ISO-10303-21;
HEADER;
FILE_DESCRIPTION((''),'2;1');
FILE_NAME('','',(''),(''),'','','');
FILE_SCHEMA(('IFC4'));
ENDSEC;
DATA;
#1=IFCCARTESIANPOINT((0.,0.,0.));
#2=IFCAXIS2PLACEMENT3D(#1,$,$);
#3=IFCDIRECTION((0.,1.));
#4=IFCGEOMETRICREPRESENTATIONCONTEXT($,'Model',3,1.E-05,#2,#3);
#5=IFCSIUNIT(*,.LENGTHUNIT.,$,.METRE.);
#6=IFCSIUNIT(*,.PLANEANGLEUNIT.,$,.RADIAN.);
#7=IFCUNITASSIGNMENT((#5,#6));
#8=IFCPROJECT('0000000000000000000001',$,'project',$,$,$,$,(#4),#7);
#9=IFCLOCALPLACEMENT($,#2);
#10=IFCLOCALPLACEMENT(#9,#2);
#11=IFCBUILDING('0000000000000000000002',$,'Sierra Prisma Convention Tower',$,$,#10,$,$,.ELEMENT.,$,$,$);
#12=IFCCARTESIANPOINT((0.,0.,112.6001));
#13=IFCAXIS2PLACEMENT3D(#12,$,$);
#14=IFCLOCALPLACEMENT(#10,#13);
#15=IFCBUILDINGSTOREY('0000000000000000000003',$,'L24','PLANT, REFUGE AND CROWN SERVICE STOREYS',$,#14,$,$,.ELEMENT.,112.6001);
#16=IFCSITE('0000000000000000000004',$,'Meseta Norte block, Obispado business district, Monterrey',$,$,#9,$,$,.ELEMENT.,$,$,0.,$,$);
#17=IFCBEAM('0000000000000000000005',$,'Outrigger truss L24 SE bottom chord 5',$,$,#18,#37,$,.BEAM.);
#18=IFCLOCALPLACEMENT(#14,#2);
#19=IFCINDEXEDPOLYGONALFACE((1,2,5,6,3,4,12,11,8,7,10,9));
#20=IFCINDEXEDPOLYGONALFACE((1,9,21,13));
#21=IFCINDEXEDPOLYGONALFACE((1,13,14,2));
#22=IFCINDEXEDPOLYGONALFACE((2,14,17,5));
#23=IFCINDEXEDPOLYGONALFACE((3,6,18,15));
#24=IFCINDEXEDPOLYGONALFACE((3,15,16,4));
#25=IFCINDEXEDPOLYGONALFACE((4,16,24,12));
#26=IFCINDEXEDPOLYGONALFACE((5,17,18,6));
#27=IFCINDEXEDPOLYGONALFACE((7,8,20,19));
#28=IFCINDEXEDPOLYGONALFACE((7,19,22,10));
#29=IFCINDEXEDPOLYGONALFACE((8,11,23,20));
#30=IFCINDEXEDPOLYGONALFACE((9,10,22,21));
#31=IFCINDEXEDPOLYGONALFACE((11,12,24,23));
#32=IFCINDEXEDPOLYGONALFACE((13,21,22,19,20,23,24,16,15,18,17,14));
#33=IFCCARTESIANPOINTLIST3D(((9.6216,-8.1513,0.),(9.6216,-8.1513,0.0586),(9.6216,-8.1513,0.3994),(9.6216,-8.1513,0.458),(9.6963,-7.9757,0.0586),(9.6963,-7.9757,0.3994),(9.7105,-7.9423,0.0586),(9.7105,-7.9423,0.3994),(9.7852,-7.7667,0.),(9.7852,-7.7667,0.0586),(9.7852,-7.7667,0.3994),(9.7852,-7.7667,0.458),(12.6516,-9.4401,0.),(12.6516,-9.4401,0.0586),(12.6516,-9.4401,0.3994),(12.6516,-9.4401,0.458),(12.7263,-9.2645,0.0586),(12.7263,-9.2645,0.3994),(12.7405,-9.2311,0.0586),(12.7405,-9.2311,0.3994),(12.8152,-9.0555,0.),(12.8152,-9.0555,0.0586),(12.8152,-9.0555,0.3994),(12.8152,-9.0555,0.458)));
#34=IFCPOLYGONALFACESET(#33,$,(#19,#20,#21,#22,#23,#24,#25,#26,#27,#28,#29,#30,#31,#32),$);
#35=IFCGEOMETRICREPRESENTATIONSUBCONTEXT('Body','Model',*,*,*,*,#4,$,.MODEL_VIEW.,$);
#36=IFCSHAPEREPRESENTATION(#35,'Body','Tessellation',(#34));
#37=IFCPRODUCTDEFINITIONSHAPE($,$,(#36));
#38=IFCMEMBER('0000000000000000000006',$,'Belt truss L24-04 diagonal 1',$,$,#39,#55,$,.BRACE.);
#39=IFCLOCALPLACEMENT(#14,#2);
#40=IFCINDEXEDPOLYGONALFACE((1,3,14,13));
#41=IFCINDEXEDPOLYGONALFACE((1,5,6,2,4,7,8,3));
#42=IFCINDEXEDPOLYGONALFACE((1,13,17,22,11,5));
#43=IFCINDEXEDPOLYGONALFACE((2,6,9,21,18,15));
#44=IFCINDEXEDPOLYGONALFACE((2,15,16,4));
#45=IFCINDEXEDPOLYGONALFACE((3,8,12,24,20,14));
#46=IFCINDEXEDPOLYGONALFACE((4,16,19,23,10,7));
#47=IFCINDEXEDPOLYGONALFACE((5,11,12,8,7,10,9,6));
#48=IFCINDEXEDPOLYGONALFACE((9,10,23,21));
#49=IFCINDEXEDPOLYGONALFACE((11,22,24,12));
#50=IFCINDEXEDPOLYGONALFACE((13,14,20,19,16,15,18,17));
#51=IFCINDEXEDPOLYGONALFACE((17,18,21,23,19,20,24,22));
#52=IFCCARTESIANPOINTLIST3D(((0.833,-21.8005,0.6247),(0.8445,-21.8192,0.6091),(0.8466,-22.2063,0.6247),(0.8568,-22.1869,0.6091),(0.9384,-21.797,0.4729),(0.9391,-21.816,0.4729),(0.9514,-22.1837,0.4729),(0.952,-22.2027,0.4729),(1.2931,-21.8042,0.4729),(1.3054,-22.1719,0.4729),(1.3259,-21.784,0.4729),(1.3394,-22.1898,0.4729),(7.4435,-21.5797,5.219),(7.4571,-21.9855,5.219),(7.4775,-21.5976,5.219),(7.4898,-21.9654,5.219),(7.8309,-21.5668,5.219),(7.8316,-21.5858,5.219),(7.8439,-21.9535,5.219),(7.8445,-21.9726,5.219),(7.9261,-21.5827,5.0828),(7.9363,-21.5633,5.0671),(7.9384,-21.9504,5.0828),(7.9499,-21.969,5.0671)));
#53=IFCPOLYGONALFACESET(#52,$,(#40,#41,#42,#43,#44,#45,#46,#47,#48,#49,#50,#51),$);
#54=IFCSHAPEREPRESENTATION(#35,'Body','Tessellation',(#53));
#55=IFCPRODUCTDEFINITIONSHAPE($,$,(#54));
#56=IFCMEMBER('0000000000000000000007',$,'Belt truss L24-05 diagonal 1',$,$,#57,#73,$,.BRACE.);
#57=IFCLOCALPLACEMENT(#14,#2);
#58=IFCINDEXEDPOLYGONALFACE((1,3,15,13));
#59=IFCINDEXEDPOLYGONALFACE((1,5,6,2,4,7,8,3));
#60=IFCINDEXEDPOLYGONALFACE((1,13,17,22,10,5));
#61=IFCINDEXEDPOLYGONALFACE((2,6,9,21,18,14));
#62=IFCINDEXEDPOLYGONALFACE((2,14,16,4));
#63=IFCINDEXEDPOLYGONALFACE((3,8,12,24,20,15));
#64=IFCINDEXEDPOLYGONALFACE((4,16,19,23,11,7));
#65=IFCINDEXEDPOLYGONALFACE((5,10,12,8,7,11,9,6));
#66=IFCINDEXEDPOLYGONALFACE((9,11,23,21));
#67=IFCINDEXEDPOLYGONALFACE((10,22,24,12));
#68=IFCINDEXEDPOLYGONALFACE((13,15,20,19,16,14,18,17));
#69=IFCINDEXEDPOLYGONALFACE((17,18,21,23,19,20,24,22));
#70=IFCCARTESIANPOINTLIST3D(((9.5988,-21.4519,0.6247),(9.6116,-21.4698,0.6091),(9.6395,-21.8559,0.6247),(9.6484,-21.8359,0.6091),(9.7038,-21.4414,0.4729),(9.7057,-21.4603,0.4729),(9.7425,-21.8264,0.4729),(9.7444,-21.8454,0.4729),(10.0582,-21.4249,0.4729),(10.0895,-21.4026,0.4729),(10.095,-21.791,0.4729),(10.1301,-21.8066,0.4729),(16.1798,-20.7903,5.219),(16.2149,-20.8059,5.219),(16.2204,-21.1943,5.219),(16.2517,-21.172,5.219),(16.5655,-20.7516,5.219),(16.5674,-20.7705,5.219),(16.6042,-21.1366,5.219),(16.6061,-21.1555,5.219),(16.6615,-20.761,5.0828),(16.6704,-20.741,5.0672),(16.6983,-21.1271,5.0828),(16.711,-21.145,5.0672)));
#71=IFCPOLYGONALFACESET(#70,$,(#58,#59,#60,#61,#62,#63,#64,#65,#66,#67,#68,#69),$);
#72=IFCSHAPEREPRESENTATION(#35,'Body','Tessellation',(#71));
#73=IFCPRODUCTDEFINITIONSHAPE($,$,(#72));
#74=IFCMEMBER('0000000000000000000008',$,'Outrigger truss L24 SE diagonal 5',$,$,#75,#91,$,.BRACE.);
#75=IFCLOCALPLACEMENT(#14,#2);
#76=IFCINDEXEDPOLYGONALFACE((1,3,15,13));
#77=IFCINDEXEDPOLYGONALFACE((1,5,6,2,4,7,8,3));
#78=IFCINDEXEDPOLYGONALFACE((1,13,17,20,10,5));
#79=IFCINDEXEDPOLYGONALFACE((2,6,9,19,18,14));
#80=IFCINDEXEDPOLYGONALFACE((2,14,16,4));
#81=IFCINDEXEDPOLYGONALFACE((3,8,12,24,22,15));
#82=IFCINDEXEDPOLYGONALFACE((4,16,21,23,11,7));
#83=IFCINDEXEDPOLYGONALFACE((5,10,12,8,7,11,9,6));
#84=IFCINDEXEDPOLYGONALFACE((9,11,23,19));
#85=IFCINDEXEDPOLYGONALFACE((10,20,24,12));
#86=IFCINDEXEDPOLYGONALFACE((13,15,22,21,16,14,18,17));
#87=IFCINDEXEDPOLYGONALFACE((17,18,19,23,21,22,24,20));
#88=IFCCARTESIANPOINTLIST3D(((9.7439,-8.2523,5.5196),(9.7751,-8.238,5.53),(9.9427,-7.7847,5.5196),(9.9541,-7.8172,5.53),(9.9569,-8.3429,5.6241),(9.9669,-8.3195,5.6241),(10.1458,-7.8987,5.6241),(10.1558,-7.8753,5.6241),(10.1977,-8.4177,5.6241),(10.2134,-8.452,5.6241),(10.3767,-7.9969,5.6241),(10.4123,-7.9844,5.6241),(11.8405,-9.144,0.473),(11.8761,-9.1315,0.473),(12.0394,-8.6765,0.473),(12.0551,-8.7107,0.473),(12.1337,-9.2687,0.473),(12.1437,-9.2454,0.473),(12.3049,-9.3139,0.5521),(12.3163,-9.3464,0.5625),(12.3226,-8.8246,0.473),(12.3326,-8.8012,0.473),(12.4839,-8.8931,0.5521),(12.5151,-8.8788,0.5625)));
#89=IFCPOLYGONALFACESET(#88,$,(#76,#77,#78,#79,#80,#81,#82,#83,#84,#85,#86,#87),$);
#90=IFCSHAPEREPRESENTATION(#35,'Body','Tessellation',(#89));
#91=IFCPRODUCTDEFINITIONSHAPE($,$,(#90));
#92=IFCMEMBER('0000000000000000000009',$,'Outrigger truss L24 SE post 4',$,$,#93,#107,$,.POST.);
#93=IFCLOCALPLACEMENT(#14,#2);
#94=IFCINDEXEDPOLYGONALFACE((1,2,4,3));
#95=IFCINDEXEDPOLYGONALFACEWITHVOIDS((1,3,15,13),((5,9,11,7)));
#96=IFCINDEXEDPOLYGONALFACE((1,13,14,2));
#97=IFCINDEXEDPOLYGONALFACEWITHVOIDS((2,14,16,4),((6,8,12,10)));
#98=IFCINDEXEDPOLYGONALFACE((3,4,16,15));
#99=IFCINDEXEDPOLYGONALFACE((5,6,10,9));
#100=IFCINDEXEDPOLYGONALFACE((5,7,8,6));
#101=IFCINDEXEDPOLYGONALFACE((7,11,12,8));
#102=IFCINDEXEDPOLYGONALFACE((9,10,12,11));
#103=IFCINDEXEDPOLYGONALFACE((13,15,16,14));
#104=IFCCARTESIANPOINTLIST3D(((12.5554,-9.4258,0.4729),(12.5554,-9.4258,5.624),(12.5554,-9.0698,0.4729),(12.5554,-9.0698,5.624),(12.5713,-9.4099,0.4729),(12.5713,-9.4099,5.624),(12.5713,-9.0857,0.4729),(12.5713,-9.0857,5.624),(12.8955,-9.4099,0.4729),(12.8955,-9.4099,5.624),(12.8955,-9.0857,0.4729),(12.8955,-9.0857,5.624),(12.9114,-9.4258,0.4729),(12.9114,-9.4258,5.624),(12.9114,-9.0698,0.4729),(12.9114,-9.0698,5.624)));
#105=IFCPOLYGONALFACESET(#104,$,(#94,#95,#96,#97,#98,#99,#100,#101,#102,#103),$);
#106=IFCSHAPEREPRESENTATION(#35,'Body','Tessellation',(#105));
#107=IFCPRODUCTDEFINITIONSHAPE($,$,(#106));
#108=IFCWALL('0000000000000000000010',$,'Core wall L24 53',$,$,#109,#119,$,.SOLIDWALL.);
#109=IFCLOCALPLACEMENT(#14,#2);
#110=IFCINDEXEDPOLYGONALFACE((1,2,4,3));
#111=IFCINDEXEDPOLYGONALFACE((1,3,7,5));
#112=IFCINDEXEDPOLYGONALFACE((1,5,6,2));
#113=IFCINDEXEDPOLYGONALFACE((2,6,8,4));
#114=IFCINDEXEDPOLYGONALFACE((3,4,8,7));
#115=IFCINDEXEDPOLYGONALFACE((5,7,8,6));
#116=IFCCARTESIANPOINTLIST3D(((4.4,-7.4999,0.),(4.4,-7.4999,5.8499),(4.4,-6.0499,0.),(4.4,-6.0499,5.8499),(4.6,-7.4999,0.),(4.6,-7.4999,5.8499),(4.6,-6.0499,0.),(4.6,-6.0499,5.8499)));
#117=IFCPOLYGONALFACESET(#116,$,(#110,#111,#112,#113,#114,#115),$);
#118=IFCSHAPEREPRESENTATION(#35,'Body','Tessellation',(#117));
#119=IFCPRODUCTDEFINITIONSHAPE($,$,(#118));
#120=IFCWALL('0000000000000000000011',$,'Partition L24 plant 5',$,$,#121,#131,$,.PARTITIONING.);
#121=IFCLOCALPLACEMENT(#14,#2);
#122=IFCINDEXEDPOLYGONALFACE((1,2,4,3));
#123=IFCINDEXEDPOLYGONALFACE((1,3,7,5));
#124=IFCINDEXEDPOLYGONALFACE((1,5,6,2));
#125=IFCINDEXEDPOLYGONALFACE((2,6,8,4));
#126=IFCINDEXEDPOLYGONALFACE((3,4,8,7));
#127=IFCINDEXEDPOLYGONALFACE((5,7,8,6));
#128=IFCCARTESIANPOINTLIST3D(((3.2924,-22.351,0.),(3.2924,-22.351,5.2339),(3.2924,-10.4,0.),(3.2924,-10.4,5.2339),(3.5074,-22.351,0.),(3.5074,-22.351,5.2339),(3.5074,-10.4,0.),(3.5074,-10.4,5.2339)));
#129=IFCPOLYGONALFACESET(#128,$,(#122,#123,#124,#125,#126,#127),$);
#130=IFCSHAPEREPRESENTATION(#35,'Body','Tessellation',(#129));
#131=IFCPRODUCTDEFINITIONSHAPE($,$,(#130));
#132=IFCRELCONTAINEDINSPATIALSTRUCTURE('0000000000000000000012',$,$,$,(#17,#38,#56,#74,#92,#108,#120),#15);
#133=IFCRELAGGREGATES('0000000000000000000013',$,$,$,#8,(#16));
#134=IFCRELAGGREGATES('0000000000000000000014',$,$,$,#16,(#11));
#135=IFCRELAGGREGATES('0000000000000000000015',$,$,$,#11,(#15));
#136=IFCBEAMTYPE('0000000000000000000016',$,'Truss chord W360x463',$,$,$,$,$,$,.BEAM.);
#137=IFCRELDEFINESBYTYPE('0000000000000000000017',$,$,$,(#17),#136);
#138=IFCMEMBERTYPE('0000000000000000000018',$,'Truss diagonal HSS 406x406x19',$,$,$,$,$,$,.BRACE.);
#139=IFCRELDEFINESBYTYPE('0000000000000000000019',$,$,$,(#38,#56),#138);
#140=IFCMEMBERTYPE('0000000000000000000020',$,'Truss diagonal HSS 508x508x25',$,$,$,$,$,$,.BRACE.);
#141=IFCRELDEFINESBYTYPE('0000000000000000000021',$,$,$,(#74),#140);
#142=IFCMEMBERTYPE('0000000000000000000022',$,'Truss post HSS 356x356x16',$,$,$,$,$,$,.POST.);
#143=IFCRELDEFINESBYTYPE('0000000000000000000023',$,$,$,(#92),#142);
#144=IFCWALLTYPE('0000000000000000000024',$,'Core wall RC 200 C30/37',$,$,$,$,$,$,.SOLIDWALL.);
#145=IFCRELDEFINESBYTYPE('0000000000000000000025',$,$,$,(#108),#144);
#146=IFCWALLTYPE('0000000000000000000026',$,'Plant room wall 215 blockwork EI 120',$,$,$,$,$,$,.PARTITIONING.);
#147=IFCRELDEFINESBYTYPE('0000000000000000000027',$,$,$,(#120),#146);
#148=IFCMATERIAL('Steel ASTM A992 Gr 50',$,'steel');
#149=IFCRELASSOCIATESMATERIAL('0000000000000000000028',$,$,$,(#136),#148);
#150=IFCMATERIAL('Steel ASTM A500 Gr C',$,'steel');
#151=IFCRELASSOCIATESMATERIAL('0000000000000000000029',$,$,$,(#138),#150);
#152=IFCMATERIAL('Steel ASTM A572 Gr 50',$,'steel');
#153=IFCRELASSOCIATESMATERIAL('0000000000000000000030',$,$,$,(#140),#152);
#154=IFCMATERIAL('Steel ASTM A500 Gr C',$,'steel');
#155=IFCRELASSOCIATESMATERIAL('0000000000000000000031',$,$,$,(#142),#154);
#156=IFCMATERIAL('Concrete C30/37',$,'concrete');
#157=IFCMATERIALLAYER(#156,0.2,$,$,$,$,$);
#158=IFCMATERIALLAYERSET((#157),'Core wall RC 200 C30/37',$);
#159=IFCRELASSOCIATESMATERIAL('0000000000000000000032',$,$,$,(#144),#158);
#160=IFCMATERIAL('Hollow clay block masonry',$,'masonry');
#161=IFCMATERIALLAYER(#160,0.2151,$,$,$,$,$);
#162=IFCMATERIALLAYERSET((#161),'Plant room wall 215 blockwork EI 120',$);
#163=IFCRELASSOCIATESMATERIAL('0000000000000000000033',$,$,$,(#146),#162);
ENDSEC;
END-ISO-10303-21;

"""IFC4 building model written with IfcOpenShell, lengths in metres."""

from ifc_helpers import new_model, si_unit, direction, frame, frame_2d, origin, origin_2d, place, context, subcontext, project, spatial, rectangle, hollow_rectangle, i_section, extrude, clip, halfspace, material, layer, layer_set, material_profile, profile_set, type_object, element, save


model = new_model("IFC4")

# Units and contexts
model_context = context("Model", 3, precision=1e-05, world=origin(), true_north=direction((0.0, 1.0)))
body_context = subcontext(model_context, "Body", "Model", "MODEL_VIEW")
ifc_project = project(units=[si_unit("LENGTHUNIT", "METRE"), si_unit("PLANEANGLEUNIT", "RADIAN")], contexts=[model_context])

# Site, building, storey
site_placement = place(None, origin())
site = spatial("IfcSite", under=ifc_project, at=site_placement, Name="Meseta Norte block, Obispado business district, Monterrey", CompositionType="ELEMENT", RefElevation=0.0)
building_placement = place(site_placement, origin())
building = spatial("IfcBuilding", under=site, at=building_placement, Name="Sierra Prisma Convention Tower", CompositionType="ELEMENT")
storey_placement = place(building_placement, frame((0.0, 0.0, 112.6001)))
storey = spatial("IfcBuildingStorey", under=building, at=storey_placement, Name="L24", Description="PLANT, REFUGE AND CROWN SERVICE STOREYS", CompositionType="ELEMENT", Elevation=112.6001)

# Beam
ifc_material_1 = material(Name="Steel ASTM A992 Gr 50", Category="steel")
ifc_material_profile_1 = material_profile(ifc_material_1, i_section(OverallWidth=0.418, OverallDepth=0.458, WebThickness=0.0364, FlangeThickness=0.0586, at=origin_2d()), Name="W360x463")
ifc_profile_set_1 = profile_set([ifc_material_profile_1], Name="Steel ASTM A992 Gr 50")
beam_type_1 = type_object("IfcBeamType", Name="Truss chord W360x463", PredefinedType="BEAM", material=ifc_profile_set_1)
beam_1_placement = place(storey_placement, frame((12.7334, -9.2478, 0.229), z_axis=(-0.920215, 0.391412, 0.0), x_axis=(-0.391412, -0.920215, 0.0)))
element("IfcBeam", 1, at=beam_1_placement, inside=storey, type_object=beam_type_1, Name="Outrigger truss L24 SE bottom chord 5", PredefinedType="BEAM", context=body_context, shape_type="SweptSolid", body=[
    extrude(i_section(OverallWidth=0.418, OverallDepth=0.458, WebThickness=0.0364, FlangeThickness=0.0586, at=origin_2d()), origin(), (0.0, 0.0, 1.0), 3.2927),
])

# Members
ifc_material_2 = material(Name="Steel ASTM A500 Gr C", Category="steel")
ifc_material_profile_2 = material_profile(ifc_material_2, hollow_rectangle(XDim=0.406, YDim=0.406, WallThickness=0.019, at=origin_2d()), Name="Truss diagonal HSS 406x406x19")
ifc_profile_set_2 = profile_set([ifc_material_profile_2], Name="Steel ASTM A500 Gr C")
member_type_1 = type_object("IfcMemberType", Name="Truss diagonal HSS 406x406x19", PredefinedType="BRACE", material=ifc_profile_set_2)
member_1_placement = place(storey_placement, frame((0.9556, -21.9995, 0.458), z_axis=(0.82085, 0.027413, 0.570486), x_axis=(-0.033377, 0.999443, 0.0)))
element("IfcMember", 2, at=member_1_placement, inside=storey, type_object=member_type_1, Name="Belt truss L24-04 diagonal 1", PredefinedType="BRACE", context=body_context, shape_type="SweptSolid", body=[
    clip(clip(extrude(hollow_rectangle(XDim=0.406, YDim=0.406, WallThickness=0.019, at=origin_2d()), origin(), (0.0, 0.0, 1.0), 8.3716), halfspace(frame((0.0, 0.0122, 0.0085), z_axis=(0.0, 0.821307, 0.570486), x_axis=(1.0, 0.0, 0.0)), True)), halfspace(frame((0.0, -0.0122, 8.363), z_axis=(0.0, -0.821307, -0.570486), x_axis=(1.0, 0.0, 0.0)), True)),
])
member_2_placement = place(storey_placement, frame((9.7344, -21.6423, 0.458), z_axis=(0.817184, 0.082153, 0.570492), x_axis=(-0.100028, 0.994985, 0.0)))
element("IfcMember", 3, at=member_2_placement, inside=storey, type_object=member_type_1, Name="Belt truss L24-05 diagonal 1", PredefinedType="BRACE", context=body_context, shape_type="SweptSolid", body=[
    clip(clip(extrude(hollow_rectangle(XDim=0.406, YDim=0.406, WallThickness=0.019, at=origin_2d()), origin(), (0.0, 0.0, 1.0), 8.3716), halfspace(frame((0.0, 0.0122, 0.0085), z_axis=(0.0, 0.821303, 0.570492), x_axis=(1.0, 0.0, 0.0)), True)), halfspace(frame((0.0002, -0.0122, 8.363), z_axis=(0.0, -0.821303, -0.570492), x_axis=(1.0, 0.0, 0.0)), True)),
])
ifc_material_3 = material(Name="Steel ASTM A572 Gr 50", Category="steel")
ifc_material_profile_3 = material_profile(ifc_material_3, hollow_rectangle(XDim=0.5081, YDim=0.5081, WallThickness=0.0254, at=origin_2d()), Name="Truss diagonal HSS 508x508x25")
ifc_profile_set_3 = profile_set([ifc_material_profile_3], Name="Steel ASTM A572 Gr 50")
member_type_2 = type_object("IfcMemberType", Name="Truss diagonal HSS 508x508x25", PredefinedType="BRACE", material=ifc_profile_set_3)
member_3_placement = place(storey_placement, frame((12.2026, -9.022, 0.458), z_axis=(-0.378653, 0.161049, 0.911419), x_axis=(-0.391391, -0.920224, 0.0)))
element("IfcMember", 4, at=member_3_placement, inside=storey, type_object=member_type_2, Name="Outrigger truss L24 SE diagonal 5", PredefinedType="BRACE", context=body_context, shape_type="SweptSolid", body=[
    clip(clip(extrude(hollow_rectangle(XDim=0.5081, YDim=0.5081, WallThickness=0.0254, at=origin_2d()), origin(), (0.0, 0.0, 1.0), 5.6682), halfspace(frame((0.0, 0.0061, 0.0137), z_axis=(0.0, 0.411479, 0.911419), x_axis=(1.0, 0.0, 0.0)), True)), halfspace(frame((0.0, 0.0, 5.6682), z_axis=(0.0, -0.411479, -0.911419), x_axis=(1.0, 0.0, 0.0)), True)),
])
ifc_material_4 = material(Name="Steel ASTM A500 Gr C", Category="steel")
ifc_material_profile_4 = material_profile(ifc_material_4, hollow_rectangle(XDim=0.356, YDim=0.356, WallThickness=0.0159, at=origin_2d()), Name="Truss post HSS 356x356x16")
ifc_profile_set_4 = profile_set([ifc_material_profile_4], Name="Steel ASTM A500 Gr C")
member_type_3 = type_object("IfcMemberType", Name="Truss post HSS 356x356x16", PredefinedType="POST", material=ifc_profile_set_4)
member_4_placement = place(storey_placement, frame((12.7334, -9.2478, 0.4729), z_axis=(0.0, 0.0, 1.0), x_axis=(1.0, 0.0, 0.0)))
element("IfcMember", 5, at=member_4_placement, inside=storey, type_object=member_type_3, Name="Outrigger truss L24 SE post 4", PredefinedType="POST", context=body_context, shape_type="SweptSolid", body=[
    extrude(hollow_rectangle(XDim=0.356, YDim=0.356, WallThickness=0.0159, at=origin_2d()), origin(), (0.0, 0.0, 1.0), 5.1511),
])

# Walls
ifc_material_5 = material(Name="Concrete C30/37", Category="concrete")
ifc_layer_1 = layer(ifc_material_5, 0.2)
ifc_layer_set_1 = layer_set([ifc_layer_1], Name="Core wall RC 200 C30/37")
wall_type_1 = type_object("IfcWallType", Name="Core wall RC 200 C30/37", PredefinedType="SOLIDWALL", material=ifc_layer_set_1)
wall_1_placement = place(storey_placement, frame((4.5, -7.5, 0.0), z_axis=(0.0, 0.0, 1.0), x_axis=(0.0, 1.0, 0.0)))
element("IfcWall", 6, at=wall_1_placement, inside=storey, type_object=wall_type_1, Name="Core wall L24 53", PredefinedType="SOLIDWALL", context=body_context, shape_type="SweptSolid", body=[
    extrude(rectangle(XDim=1.45, YDim=0.2, at=frame_2d((0.7251, 0.0))), origin(), (0.0, 0.0, 1.0), 5.8499),
])
ifc_material_6 = material(Name="Hollow clay block masonry", Category="masonry")
ifc_layer_2 = layer(ifc_material_6, 0.2151)
ifc_layer_set_2 = layer_set([ifc_layer_2], Name="Plant room wall 215 blockwork EI 120")
wall_type_2 = type_object("IfcWallType", Name="Plant room wall 215 blockwork EI 120", PredefinedType="PARTITIONING", material=ifc_layer_set_2)
wall_2_placement = place(storey_placement, frame((3.3999, -10.3999, 0.0), z_axis=(0.0, 0.0, 1.0), x_axis=(0.0, -1.0, 0.0)))
element("IfcWall", 7, at=wall_2_placement, inside=storey, type_object=wall_type_2, Name="Partition L24 plant 5", PredefinedType="PARTITIONING", context=body_context, shape_type="SweptSolid", body=[
    extrude(rectangle(XDim=11.9509, YDim=0.2151, at=frame_2d((5.9756, 0.0))), origin(), (0.0, 0.0, 1.0), 5.2339),
])

save(model, "model.ifc")
